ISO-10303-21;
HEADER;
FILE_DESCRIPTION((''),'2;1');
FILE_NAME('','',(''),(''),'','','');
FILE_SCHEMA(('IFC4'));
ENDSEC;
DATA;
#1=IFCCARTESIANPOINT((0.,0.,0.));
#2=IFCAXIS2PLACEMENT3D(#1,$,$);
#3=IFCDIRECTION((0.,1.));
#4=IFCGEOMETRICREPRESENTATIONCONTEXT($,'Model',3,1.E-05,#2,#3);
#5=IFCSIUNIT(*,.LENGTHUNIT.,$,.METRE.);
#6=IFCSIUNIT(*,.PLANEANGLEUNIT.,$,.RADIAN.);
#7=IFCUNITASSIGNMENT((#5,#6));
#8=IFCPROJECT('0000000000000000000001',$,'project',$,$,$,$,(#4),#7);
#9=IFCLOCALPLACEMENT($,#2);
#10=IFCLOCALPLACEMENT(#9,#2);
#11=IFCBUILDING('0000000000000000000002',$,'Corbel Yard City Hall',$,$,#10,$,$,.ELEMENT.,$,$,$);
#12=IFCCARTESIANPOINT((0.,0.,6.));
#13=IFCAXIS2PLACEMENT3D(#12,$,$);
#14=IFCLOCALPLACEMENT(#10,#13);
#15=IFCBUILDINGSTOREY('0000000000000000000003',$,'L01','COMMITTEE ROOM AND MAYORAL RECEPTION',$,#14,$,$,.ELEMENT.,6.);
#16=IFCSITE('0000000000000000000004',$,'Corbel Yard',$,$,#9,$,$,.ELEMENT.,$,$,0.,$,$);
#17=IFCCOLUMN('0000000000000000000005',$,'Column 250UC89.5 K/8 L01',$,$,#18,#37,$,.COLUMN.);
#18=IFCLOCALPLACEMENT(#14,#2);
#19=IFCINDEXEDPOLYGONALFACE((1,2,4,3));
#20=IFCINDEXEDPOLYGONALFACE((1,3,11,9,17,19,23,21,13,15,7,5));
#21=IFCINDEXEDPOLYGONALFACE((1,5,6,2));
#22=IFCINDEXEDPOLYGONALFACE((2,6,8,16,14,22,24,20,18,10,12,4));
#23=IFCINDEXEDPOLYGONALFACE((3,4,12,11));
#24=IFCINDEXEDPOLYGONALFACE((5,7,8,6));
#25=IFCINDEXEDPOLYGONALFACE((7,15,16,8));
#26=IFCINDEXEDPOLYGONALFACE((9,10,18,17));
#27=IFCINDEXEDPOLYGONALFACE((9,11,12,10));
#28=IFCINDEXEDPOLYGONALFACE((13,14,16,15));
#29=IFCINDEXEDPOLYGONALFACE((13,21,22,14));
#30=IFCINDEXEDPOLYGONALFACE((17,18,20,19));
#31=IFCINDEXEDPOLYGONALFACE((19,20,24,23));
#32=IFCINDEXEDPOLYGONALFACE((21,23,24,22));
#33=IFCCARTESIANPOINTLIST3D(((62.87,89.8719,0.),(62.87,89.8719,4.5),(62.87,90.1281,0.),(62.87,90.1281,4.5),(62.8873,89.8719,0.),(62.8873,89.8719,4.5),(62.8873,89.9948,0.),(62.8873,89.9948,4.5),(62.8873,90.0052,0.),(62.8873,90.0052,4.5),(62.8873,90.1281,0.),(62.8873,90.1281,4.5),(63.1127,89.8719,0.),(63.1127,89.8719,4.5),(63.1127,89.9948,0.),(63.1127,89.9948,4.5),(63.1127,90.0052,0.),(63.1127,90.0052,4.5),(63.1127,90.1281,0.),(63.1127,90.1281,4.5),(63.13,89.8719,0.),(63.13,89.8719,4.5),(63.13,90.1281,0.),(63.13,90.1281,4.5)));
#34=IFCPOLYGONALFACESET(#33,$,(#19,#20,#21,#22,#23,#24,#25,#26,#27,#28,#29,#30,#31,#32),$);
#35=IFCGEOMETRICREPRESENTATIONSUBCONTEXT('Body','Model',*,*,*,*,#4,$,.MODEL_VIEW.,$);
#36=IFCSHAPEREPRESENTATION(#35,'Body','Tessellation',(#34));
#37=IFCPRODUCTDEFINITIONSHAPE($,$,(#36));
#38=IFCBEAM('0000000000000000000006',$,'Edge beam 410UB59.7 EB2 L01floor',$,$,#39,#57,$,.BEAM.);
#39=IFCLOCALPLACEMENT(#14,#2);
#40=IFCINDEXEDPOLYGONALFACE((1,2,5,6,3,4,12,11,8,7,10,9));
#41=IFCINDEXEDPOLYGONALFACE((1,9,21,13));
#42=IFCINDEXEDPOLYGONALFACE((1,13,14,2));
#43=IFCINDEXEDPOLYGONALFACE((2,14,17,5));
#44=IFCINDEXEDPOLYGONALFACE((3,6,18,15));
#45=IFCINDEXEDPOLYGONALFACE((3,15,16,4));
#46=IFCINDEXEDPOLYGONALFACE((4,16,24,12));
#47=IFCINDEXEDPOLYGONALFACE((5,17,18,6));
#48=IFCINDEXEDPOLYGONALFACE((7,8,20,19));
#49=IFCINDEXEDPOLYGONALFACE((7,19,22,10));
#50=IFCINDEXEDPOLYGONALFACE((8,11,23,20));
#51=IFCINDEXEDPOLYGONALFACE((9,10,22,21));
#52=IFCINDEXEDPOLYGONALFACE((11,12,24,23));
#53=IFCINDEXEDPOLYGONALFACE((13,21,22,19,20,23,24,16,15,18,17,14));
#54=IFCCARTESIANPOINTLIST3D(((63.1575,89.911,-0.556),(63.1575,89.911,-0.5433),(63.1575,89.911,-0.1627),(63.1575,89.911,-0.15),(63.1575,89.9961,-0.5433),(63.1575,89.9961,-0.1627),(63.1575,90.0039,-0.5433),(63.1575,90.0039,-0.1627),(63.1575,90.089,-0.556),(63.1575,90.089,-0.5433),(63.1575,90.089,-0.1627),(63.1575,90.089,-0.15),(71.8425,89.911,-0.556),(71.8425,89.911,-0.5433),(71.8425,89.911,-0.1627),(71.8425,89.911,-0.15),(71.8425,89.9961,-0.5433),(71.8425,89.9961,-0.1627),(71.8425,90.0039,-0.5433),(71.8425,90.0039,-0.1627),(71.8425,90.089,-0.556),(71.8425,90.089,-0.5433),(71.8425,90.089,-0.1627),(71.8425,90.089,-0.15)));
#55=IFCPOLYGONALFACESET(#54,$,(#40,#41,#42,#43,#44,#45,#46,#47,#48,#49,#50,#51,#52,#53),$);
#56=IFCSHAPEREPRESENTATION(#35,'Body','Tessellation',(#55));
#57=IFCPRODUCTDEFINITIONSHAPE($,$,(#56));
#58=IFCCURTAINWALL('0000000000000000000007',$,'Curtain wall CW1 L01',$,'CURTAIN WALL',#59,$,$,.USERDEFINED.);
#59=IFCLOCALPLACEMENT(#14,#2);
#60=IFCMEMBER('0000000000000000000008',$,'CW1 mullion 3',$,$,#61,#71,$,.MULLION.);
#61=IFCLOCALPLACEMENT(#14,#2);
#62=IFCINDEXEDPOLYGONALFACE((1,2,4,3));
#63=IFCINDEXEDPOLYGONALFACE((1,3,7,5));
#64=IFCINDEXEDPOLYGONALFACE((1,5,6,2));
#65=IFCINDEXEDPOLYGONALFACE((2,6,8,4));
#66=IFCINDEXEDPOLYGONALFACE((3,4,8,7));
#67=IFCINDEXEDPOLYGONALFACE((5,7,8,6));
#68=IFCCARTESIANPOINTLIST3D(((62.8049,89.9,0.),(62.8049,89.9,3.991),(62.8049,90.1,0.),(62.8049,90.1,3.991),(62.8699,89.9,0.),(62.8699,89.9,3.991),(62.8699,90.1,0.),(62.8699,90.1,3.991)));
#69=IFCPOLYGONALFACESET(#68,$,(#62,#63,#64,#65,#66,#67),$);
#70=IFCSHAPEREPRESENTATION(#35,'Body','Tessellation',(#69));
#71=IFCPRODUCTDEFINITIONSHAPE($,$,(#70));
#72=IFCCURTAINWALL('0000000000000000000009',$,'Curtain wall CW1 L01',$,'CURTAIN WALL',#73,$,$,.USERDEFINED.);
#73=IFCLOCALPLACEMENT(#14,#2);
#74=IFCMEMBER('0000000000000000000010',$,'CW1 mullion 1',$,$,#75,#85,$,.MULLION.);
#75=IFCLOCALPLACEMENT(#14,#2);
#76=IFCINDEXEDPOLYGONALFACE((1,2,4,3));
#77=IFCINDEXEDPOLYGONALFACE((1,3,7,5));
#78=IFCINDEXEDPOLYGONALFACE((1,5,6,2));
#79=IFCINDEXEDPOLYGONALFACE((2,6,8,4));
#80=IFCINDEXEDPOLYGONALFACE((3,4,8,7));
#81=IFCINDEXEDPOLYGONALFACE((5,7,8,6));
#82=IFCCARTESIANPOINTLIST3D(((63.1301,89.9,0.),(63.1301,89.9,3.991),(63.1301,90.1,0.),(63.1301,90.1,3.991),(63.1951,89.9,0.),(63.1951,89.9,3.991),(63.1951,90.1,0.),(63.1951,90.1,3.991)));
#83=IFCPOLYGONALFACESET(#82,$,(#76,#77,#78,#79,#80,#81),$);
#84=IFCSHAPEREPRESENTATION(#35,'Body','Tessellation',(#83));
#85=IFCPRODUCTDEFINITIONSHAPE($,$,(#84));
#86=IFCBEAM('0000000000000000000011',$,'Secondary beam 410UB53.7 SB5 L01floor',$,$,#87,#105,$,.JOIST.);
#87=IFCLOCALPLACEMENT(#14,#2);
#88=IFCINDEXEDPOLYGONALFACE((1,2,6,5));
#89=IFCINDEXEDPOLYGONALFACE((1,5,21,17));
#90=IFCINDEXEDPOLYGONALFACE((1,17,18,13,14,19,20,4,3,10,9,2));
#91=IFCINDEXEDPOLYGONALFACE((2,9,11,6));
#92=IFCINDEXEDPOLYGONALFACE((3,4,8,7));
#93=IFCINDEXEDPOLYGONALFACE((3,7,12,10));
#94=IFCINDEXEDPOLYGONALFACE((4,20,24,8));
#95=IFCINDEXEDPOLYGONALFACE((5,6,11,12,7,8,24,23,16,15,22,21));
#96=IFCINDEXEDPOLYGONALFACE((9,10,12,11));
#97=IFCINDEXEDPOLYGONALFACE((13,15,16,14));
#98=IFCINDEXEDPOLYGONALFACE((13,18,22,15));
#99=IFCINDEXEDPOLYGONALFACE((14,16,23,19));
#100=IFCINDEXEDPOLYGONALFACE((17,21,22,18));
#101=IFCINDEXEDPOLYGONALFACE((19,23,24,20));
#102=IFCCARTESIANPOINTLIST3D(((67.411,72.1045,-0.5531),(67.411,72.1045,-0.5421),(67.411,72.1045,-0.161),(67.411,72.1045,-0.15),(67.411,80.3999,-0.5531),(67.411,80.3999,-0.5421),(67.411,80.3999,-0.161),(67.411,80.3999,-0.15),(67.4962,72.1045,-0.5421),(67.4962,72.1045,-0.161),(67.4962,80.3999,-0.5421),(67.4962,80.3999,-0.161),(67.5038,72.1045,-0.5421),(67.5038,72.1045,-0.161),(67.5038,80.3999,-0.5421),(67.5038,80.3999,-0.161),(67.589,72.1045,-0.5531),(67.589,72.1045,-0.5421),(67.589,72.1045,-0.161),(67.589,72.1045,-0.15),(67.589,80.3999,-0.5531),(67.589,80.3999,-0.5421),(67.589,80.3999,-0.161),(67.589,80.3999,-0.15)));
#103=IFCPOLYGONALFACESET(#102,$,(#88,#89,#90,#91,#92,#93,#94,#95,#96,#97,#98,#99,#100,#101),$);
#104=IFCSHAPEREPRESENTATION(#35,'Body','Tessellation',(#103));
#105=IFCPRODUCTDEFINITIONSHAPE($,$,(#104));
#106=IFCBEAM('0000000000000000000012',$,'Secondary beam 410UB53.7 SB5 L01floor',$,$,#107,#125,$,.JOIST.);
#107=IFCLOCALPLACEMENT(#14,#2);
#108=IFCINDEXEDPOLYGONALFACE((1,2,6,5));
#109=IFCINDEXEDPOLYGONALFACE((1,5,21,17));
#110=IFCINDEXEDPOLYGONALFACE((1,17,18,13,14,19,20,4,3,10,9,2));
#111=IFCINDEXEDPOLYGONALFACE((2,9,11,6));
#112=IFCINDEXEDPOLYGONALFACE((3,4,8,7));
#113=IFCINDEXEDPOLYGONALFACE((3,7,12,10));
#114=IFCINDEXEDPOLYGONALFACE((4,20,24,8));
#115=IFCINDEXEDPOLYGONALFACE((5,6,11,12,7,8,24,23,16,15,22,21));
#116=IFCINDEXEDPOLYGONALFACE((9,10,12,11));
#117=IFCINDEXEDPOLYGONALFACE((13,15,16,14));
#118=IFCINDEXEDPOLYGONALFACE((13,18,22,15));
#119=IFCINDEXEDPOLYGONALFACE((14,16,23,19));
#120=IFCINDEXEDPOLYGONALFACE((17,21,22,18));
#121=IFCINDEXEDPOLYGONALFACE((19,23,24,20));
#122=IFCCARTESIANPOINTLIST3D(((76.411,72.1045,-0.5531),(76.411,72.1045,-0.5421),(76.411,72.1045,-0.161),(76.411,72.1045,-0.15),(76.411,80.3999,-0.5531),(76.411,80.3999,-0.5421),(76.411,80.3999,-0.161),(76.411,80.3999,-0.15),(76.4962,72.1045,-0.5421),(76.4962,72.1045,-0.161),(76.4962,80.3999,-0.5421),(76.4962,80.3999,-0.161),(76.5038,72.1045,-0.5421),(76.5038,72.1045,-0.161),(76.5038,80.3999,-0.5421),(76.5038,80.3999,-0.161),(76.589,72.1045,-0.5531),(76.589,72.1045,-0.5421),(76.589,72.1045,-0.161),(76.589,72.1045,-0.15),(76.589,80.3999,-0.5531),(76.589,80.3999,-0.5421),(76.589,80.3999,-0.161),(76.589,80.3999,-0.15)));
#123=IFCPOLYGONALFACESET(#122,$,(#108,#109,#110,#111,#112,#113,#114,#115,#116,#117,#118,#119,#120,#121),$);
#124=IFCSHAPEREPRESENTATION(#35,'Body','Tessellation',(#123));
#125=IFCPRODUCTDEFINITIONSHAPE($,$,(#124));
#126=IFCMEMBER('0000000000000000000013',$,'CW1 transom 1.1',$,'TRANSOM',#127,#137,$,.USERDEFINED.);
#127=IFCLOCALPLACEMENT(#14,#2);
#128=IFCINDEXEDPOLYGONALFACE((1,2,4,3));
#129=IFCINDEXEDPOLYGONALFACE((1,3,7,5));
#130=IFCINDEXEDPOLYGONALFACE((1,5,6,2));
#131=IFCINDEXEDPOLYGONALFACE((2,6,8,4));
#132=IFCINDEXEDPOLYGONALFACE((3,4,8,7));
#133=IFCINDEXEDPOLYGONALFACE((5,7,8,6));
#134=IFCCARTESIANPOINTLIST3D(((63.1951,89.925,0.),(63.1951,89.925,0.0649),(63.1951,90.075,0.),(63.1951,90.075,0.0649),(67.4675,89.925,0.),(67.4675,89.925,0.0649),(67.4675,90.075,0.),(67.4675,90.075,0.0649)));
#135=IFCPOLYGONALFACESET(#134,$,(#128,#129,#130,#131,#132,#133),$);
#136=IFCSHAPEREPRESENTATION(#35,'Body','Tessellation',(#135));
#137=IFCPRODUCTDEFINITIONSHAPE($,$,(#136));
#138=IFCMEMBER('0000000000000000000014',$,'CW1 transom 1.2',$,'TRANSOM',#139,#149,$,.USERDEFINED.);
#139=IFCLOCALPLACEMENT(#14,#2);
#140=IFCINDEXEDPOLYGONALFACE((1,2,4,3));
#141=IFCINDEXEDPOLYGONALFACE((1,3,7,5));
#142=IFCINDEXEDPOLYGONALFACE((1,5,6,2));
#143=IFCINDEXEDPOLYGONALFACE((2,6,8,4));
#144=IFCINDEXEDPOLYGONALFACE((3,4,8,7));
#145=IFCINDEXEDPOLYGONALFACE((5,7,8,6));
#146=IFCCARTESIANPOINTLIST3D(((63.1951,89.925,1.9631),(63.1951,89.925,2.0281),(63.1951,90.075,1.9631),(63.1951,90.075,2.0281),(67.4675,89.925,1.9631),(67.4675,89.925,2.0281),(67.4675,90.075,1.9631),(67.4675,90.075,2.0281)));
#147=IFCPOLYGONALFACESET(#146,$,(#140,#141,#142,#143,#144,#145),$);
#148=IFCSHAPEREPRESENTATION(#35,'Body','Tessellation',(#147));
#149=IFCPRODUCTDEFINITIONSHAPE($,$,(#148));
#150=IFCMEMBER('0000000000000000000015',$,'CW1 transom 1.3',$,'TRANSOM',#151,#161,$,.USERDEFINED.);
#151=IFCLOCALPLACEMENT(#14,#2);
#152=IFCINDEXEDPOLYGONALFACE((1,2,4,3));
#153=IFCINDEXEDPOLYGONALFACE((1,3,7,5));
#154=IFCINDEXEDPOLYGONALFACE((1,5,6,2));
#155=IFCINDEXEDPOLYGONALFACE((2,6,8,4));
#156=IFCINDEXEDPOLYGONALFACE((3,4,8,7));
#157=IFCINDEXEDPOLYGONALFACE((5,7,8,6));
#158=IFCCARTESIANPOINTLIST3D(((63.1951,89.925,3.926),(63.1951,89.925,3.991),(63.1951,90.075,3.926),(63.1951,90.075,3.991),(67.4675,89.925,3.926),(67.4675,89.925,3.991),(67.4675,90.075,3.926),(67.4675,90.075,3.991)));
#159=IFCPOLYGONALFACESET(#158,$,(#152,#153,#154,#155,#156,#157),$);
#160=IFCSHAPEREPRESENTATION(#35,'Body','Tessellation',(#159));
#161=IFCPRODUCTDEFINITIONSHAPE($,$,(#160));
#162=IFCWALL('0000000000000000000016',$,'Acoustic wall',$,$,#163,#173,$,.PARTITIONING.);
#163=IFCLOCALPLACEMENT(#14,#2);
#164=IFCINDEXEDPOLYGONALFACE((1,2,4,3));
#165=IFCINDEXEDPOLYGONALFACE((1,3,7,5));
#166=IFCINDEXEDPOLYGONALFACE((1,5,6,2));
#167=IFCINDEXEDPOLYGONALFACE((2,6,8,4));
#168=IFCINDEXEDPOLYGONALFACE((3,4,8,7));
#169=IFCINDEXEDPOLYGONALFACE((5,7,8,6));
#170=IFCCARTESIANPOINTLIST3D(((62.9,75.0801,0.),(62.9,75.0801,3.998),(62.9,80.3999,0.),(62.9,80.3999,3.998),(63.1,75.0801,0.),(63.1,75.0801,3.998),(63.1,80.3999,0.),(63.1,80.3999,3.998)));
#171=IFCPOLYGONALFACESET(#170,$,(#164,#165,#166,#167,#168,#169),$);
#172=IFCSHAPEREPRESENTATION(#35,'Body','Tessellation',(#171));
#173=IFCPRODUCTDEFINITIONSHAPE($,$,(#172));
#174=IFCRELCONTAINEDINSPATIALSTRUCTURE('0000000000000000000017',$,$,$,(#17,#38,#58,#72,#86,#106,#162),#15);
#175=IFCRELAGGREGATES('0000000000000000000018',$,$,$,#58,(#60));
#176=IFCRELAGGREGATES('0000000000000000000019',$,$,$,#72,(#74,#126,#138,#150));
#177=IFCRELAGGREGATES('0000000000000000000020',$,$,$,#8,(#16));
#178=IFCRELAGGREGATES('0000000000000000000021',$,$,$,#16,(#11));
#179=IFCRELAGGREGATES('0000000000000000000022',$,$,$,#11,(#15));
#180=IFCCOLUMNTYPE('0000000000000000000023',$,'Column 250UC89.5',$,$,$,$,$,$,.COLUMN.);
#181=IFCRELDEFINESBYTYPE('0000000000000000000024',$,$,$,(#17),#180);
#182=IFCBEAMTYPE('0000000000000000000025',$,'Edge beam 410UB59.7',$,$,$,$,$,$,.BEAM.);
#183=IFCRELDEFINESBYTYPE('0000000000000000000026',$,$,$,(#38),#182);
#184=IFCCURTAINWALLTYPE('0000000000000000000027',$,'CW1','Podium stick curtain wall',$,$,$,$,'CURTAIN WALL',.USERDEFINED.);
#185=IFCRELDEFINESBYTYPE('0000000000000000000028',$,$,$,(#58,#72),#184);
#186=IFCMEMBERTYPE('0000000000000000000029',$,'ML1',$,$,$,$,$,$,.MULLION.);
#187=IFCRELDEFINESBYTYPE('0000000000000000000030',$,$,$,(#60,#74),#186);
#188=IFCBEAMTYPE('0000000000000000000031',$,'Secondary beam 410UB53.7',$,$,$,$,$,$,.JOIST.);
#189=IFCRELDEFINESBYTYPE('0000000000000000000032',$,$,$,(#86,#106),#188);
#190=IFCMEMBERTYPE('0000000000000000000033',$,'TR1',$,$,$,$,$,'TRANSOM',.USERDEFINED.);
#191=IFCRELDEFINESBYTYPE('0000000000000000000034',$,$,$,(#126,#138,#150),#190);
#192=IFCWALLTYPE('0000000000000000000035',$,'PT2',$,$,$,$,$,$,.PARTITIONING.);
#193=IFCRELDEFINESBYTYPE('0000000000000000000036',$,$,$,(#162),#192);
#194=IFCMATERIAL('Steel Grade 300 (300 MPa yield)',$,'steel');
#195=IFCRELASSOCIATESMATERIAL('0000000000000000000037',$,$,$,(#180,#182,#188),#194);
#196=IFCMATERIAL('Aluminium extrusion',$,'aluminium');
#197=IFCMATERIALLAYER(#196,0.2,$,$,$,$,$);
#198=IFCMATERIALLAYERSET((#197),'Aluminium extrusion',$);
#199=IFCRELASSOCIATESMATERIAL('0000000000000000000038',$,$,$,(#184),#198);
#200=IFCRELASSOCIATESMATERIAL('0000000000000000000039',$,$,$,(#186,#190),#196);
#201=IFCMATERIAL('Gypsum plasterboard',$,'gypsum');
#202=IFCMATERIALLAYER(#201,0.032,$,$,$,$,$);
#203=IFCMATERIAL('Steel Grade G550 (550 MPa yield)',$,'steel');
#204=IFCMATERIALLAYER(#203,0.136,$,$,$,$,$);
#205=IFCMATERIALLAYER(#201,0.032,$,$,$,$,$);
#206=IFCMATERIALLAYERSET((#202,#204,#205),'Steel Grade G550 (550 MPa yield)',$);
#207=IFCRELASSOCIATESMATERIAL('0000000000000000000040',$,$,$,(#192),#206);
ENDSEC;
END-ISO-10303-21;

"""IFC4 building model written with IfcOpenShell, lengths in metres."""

from ifc_helpers import new_model, si_unit, direction, frame, frame_2d, origin, origin_2d, place, context, subcontext, project, spatial, rectangle, i_section, extrude, material, layer, layer_set, material_profile, profile_set, type_object, element, aggregate, save


model = new_model("IFC4")

# Units and contexts
model_context = context("Model", 3, precision=1e-05, world=origin(), true_north=direction((0.0, 1.0)))
body_context = subcontext(model_context, "Body", "Model", "MODEL_VIEW")
ifc_project = project(units=[si_unit("LENGTHUNIT", "METRE"), si_unit("PLANEANGLEUNIT", "RADIAN")], contexts=[model_context])

# Site, building, storey
site_placement = place(None, origin())
site = spatial("IfcSite", under=ifc_project, at=site_placement, Name="Corbel Yard", CompositionType="ELEMENT", RefElevation=0.0)
building_placement = place(site_placement, origin())
building = spatial("IfcBuilding", under=site, at=building_placement, Name="Corbel Yard City Hall", CompositionType="ELEMENT")
storey_placement = place(building_placement, frame((0.0, 0.0, 6.0)))
storey = spatial("IfcBuildingStorey", under=building, at=storey_placement, Name="L01", Description="COMMITTEE ROOM AND MAYORAL RECEPTION", CompositionType="ELEMENT", Elevation=6.0)

# Column
ifc_material_1 = material(Name="Steel Grade 300 (300 MPa yield)", Category="steel")
ifc_material_profile_1 = material_profile(ifc_material_1, i_section(OverallWidth=0.2561, OverallDepth=0.26, WebThickness=0.0105, FlangeThickness=0.0173, at=origin_2d()), Name="250UC89.5")
ifc_profile_set_1 = profile_set([ifc_material_profile_1], Name="Steel Grade 300 (300 MPa yield)")
column_type = type_object("IfcColumnType", Name="Column 250UC89.5", PredefinedType="COLUMN", material=ifc_profile_set_1)
column_placement = place(storey_placement, frame((63.0, 90.0, 0.0), z_axis=(0.0, 0.0, 1.0), x_axis=(0.0, 1.0, 0.0)))
element("IfcColumn", 1, at=column_placement, inside=storey, type_object=column_type, Name="Column 250UC89.5 K/8 L01", PredefinedType="COLUMN", context=body_context, shape_type="SweptSolid", body=[
    extrude(i_section(OverallWidth=0.2561, OverallDepth=0.26, WebThickness=0.0105, FlangeThickness=0.0173, at=origin_2d()), origin(), (0.0, 0.0, 1.0), 4.5),
])

# Beam
ifc_material_profile_2 = material_profile(ifc_material_1, i_section(OverallWidth=0.178, OverallDepth=0.406, WebThickness=0.0078, FlangeThickness=0.0127, at=origin_2d()), Name="410UB59.7")
ifc_profile_set_2 = profile_set([ifc_material_profile_2], Name="Steel Grade 300 (300 MPa yield)")
beam_type_1 = type_object("IfcBeamType", Name="Edge beam 410UB59.7", PredefinedType="BEAM", material=ifc_profile_set_2)
beam_placement = place(storey_placement, frame((63.1575, 90.0, -0.353), z_axis=(1.0, 0.0, 0.0), x_axis=(0.0, 1.0, 0.0)))
element("IfcBeam", 2, at=beam_placement, inside=storey, type_object=beam_type_1, Name="Edge beam 410UB59.7 EB2 L01floor", PredefinedType="BEAM", context=body_context, shape_type="SweptSolid", body=[
    extrude(i_section(OverallWidth=0.178, OverallDepth=0.406, WebThickness=0.0078, FlangeThickness=0.0127, at=origin_2d()), origin(), (0.0, 0.0, 1.0), 8.6851),
])

# Curtain walls, members
ifc_material_2 = material(Name="Aluminium extrusion", Category="aluminium")
ifc_layer_1 = layer(ifc_material_2, 0.2)
ifc_layer_set_1 = layer_set([ifc_layer_1], Name="Aluminium extrusion")
curtain_wall_type = type_object("IfcCurtainWallType", Name="CW1", Description="Podium stick curtain wall", ElementType="CURTAIN WALL", PredefinedType="USERDEFINED", material=ifc_layer_set_1)
curtain_wall_1_placement = place(storey_placement, origin())
curtain_wall_1 = element("IfcCurtainWall", 3, at=curtain_wall_1_placement, inside=storey, type_object=curtain_wall_type, Name="Curtain wall CW1 L01", ObjectType="CURTAIN WALL", PredefinedType="USERDEFINED")
ifc_material_profile_3 = material_profile(ifc_material_2, rectangle(XDim=0.2, YDim=0.0649, at=origin_2d()), Name="200x65")
ifc_profile_set_3 = profile_set([ifc_material_profile_3], Name="Aluminium extrusion")
member_type_1 = type_object("IfcMemberType", Name="ML1", PredefinedType="MULLION", material=ifc_profile_set_3)
member_1_placement = place(storey_placement, frame((62.8374, 90.0, 0.0), z_axis=(0.0, 0.0, 1.0), x_axis=(0.0, 1.0, 0.0)))
member_1 = element("IfcMember", 4, at=member_1_placement, type_object=member_type_1, Name="CW1 mullion 3", PredefinedType="MULLION", context=body_context, shape_type="SweptSolid", body=[
    extrude(rectangle(XDim=0.2, YDim=0.0649, at=origin_2d()), origin(), (0.0, 0.0, 1.0), 3.991),
])
aggregate(curtain_wall_1, [member_1])
curtain_wall_2_placement = place(storey_placement, origin())
curtain_wall_2 = element("IfcCurtainWall", 5, at=curtain_wall_2_placement, inside=storey, type_object=curtain_wall_type, Name="Curtain wall CW1 L01", ObjectType="CURTAIN WALL", PredefinedType="USERDEFINED")
member_2_placement = place(storey_placement, frame((63.1626, 90.0, 0.0), z_axis=(0.0, 0.0, 1.0), x_axis=(0.0, 1.0, 0.0)))
member_2 = element("IfcMember", 6, at=member_2_placement, type_object=member_type_1, Name="CW1 mullion 1", PredefinedType="MULLION", context=body_context, shape_type="SweptSolid", body=[
    extrude(rectangle(XDim=0.2, YDim=0.0649, at=origin_2d()), origin(), (0.0, 0.0, 1.0), 3.991),
])

# Beams
ifc_material_profile_4 = material_profile(ifc_material_1, i_section(OverallWidth=0.178, OverallDepth=0.4031, WebThickness=0.0076, FlangeThickness=0.011, at=origin_2d()), Name="410UB53.7")
ifc_profile_set_4 = profile_set([ifc_material_profile_4], Name="Steel Grade 300 (300 MPa yield)")
beam_type_2 = type_object("IfcBeamType", Name="Secondary beam 410UB53.7", PredefinedType="JOIST", material=ifc_profile_set_4)
for number, where, z_axis, x_axis, name in (
    (7, (67.5, 72.1045, -0.3516), (0.0, 1.0, 0.0), (-1.0, 0.0, 0.0), "Secondary beam 410UB53.7 SB5 L01floor"),
    (8, (76.5, 72.1045, -0.3516), (0.0, 1.0, 0.0), (-1.0, 0.0, 0.0), "Secondary beam 410UB53.7 SB5 L01floor"),
):
    element("IfcBeam", number, at=place(storey_placement, frame(where, z_axis=z_axis, x_axis=x_axis)), inside=storey, type_object=beam_type_2, Name=name, PredefinedType="JOIST", context=body_context, shape_type="SweptSolid", body=[
        extrude(i_section(OverallWidth=0.178, OverallDepth=0.4031, WebThickness=0.0076, FlangeThickness=0.011, at=origin_2d()), origin(), (0.0, 0.0, 1.0), 8.2954),
    ])

# Members
ifc_material_profile_5 = material_profile(ifc_material_2, rectangle(XDim=0.1499, YDim=0.0649, at=origin_2d()), Name="150x65")
ifc_profile_set_5 = profile_set([ifc_material_profile_5], Name="Aluminium extrusion")
member_type_2 = type_object("IfcMemberType", Name="TR1", ElementType="TRANSOM", PredefinedType="USERDEFINED", material=ifc_profile_set_5)
member_3_placement = place(storey_placement, frame((63.1951, 90.0, 0.0325), z_axis=(1.0, 0.0, 0.0), x_axis=(0.0, 1.0, 0.0)))
member_3 = element("IfcMember", 9, at=member_3_placement, type_object=member_type_2, Name="CW1 transom 1.1", ObjectType="TRANSOM", PredefinedType="USERDEFINED", context=body_context, shape_type="SweptSolid", body=[
    extrude(rectangle(XDim=0.1499, YDim=0.0649, at=origin_2d()), origin(), (0.0, 0.0, 1.0), 4.2725),
])
member_4_placement = place(storey_placement, frame((63.1951, 90.0, 1.9956), z_axis=(1.0, 0.0, 0.0), x_axis=(0.0, 1.0, 0.0)))
member_4 = element("IfcMember", 10, at=member_4_placement, type_object=member_type_2, Name="CW1 transom 1.2", ObjectType="TRANSOM", PredefinedType="USERDEFINED", context=body_context, shape_type="SweptSolid", body=[
    extrude(rectangle(XDim=0.1499, YDim=0.0649, at=origin_2d()), origin(), (0.0, 0.0, 1.0), 4.2725),
])
member_5_placement = place(storey_placement, frame((63.1951, 90.0, 3.9585), z_axis=(1.0, 0.0, 0.0), x_axis=(0.0, 1.0, 0.0)))
member_5 = element("IfcMember", 11, at=member_5_placement, type_object=member_type_2, Name="CW1 transom 1.3", ObjectType="TRANSOM", PredefinedType="USERDEFINED", context=body_context, shape_type="SweptSolid", body=[
    extrude(rectangle(XDim=0.1499, YDim=0.0649, at=origin_2d()), origin(), (0.0, 0.0, 1.0), 4.2725),
])
aggregate(curtain_wall_2, [member_2, member_3, member_4, member_5])

# Wall
ifc_material_3 = material(Name="Gypsum plasterboard", Category="gypsum")
ifc_layer_2 = layer(ifc_material_3, 0.032)
ifc_material_4 = material(Name="Steel Grade G550 (550 MPa yield)", Category="steel")
ifc_layer_3 = layer(ifc_material_4, 0.136)
ifc_layer_4 = layer(ifc_material_3, 0.032)
ifc_layer_set_2 = layer_set([ifc_layer_2, ifc_layer_3, ifc_layer_4], Name="Steel Grade G550 (550 MPa yield)")
wall_type_1 = type_object("IfcWallType", Name="PT2", PredefinedType="PARTITIONING", material=ifc_layer_set_2)
wall_1_placement = place(storey_placement, frame((63.0, 75.0801, 0.0), z_axis=(0.0, 0.0, 1.0), x_axis=(0.0, 1.0, 0.0)))
element("IfcWall", 12, at=wall_1_placement, inside=storey, type_object=wall_type_1, Name="Acoustic wall", PredefinedType="PARTITIONING", context=body_context, shape_type="SweptSolid", body=[
    extrude(rectangle(XDim=5.3198, YDim=0.2, at=frame_2d((2.6599, 0.0))), origin(), (0.0, 0.0, 1.0), 3.998),
])

save(model, "model.ifc")
